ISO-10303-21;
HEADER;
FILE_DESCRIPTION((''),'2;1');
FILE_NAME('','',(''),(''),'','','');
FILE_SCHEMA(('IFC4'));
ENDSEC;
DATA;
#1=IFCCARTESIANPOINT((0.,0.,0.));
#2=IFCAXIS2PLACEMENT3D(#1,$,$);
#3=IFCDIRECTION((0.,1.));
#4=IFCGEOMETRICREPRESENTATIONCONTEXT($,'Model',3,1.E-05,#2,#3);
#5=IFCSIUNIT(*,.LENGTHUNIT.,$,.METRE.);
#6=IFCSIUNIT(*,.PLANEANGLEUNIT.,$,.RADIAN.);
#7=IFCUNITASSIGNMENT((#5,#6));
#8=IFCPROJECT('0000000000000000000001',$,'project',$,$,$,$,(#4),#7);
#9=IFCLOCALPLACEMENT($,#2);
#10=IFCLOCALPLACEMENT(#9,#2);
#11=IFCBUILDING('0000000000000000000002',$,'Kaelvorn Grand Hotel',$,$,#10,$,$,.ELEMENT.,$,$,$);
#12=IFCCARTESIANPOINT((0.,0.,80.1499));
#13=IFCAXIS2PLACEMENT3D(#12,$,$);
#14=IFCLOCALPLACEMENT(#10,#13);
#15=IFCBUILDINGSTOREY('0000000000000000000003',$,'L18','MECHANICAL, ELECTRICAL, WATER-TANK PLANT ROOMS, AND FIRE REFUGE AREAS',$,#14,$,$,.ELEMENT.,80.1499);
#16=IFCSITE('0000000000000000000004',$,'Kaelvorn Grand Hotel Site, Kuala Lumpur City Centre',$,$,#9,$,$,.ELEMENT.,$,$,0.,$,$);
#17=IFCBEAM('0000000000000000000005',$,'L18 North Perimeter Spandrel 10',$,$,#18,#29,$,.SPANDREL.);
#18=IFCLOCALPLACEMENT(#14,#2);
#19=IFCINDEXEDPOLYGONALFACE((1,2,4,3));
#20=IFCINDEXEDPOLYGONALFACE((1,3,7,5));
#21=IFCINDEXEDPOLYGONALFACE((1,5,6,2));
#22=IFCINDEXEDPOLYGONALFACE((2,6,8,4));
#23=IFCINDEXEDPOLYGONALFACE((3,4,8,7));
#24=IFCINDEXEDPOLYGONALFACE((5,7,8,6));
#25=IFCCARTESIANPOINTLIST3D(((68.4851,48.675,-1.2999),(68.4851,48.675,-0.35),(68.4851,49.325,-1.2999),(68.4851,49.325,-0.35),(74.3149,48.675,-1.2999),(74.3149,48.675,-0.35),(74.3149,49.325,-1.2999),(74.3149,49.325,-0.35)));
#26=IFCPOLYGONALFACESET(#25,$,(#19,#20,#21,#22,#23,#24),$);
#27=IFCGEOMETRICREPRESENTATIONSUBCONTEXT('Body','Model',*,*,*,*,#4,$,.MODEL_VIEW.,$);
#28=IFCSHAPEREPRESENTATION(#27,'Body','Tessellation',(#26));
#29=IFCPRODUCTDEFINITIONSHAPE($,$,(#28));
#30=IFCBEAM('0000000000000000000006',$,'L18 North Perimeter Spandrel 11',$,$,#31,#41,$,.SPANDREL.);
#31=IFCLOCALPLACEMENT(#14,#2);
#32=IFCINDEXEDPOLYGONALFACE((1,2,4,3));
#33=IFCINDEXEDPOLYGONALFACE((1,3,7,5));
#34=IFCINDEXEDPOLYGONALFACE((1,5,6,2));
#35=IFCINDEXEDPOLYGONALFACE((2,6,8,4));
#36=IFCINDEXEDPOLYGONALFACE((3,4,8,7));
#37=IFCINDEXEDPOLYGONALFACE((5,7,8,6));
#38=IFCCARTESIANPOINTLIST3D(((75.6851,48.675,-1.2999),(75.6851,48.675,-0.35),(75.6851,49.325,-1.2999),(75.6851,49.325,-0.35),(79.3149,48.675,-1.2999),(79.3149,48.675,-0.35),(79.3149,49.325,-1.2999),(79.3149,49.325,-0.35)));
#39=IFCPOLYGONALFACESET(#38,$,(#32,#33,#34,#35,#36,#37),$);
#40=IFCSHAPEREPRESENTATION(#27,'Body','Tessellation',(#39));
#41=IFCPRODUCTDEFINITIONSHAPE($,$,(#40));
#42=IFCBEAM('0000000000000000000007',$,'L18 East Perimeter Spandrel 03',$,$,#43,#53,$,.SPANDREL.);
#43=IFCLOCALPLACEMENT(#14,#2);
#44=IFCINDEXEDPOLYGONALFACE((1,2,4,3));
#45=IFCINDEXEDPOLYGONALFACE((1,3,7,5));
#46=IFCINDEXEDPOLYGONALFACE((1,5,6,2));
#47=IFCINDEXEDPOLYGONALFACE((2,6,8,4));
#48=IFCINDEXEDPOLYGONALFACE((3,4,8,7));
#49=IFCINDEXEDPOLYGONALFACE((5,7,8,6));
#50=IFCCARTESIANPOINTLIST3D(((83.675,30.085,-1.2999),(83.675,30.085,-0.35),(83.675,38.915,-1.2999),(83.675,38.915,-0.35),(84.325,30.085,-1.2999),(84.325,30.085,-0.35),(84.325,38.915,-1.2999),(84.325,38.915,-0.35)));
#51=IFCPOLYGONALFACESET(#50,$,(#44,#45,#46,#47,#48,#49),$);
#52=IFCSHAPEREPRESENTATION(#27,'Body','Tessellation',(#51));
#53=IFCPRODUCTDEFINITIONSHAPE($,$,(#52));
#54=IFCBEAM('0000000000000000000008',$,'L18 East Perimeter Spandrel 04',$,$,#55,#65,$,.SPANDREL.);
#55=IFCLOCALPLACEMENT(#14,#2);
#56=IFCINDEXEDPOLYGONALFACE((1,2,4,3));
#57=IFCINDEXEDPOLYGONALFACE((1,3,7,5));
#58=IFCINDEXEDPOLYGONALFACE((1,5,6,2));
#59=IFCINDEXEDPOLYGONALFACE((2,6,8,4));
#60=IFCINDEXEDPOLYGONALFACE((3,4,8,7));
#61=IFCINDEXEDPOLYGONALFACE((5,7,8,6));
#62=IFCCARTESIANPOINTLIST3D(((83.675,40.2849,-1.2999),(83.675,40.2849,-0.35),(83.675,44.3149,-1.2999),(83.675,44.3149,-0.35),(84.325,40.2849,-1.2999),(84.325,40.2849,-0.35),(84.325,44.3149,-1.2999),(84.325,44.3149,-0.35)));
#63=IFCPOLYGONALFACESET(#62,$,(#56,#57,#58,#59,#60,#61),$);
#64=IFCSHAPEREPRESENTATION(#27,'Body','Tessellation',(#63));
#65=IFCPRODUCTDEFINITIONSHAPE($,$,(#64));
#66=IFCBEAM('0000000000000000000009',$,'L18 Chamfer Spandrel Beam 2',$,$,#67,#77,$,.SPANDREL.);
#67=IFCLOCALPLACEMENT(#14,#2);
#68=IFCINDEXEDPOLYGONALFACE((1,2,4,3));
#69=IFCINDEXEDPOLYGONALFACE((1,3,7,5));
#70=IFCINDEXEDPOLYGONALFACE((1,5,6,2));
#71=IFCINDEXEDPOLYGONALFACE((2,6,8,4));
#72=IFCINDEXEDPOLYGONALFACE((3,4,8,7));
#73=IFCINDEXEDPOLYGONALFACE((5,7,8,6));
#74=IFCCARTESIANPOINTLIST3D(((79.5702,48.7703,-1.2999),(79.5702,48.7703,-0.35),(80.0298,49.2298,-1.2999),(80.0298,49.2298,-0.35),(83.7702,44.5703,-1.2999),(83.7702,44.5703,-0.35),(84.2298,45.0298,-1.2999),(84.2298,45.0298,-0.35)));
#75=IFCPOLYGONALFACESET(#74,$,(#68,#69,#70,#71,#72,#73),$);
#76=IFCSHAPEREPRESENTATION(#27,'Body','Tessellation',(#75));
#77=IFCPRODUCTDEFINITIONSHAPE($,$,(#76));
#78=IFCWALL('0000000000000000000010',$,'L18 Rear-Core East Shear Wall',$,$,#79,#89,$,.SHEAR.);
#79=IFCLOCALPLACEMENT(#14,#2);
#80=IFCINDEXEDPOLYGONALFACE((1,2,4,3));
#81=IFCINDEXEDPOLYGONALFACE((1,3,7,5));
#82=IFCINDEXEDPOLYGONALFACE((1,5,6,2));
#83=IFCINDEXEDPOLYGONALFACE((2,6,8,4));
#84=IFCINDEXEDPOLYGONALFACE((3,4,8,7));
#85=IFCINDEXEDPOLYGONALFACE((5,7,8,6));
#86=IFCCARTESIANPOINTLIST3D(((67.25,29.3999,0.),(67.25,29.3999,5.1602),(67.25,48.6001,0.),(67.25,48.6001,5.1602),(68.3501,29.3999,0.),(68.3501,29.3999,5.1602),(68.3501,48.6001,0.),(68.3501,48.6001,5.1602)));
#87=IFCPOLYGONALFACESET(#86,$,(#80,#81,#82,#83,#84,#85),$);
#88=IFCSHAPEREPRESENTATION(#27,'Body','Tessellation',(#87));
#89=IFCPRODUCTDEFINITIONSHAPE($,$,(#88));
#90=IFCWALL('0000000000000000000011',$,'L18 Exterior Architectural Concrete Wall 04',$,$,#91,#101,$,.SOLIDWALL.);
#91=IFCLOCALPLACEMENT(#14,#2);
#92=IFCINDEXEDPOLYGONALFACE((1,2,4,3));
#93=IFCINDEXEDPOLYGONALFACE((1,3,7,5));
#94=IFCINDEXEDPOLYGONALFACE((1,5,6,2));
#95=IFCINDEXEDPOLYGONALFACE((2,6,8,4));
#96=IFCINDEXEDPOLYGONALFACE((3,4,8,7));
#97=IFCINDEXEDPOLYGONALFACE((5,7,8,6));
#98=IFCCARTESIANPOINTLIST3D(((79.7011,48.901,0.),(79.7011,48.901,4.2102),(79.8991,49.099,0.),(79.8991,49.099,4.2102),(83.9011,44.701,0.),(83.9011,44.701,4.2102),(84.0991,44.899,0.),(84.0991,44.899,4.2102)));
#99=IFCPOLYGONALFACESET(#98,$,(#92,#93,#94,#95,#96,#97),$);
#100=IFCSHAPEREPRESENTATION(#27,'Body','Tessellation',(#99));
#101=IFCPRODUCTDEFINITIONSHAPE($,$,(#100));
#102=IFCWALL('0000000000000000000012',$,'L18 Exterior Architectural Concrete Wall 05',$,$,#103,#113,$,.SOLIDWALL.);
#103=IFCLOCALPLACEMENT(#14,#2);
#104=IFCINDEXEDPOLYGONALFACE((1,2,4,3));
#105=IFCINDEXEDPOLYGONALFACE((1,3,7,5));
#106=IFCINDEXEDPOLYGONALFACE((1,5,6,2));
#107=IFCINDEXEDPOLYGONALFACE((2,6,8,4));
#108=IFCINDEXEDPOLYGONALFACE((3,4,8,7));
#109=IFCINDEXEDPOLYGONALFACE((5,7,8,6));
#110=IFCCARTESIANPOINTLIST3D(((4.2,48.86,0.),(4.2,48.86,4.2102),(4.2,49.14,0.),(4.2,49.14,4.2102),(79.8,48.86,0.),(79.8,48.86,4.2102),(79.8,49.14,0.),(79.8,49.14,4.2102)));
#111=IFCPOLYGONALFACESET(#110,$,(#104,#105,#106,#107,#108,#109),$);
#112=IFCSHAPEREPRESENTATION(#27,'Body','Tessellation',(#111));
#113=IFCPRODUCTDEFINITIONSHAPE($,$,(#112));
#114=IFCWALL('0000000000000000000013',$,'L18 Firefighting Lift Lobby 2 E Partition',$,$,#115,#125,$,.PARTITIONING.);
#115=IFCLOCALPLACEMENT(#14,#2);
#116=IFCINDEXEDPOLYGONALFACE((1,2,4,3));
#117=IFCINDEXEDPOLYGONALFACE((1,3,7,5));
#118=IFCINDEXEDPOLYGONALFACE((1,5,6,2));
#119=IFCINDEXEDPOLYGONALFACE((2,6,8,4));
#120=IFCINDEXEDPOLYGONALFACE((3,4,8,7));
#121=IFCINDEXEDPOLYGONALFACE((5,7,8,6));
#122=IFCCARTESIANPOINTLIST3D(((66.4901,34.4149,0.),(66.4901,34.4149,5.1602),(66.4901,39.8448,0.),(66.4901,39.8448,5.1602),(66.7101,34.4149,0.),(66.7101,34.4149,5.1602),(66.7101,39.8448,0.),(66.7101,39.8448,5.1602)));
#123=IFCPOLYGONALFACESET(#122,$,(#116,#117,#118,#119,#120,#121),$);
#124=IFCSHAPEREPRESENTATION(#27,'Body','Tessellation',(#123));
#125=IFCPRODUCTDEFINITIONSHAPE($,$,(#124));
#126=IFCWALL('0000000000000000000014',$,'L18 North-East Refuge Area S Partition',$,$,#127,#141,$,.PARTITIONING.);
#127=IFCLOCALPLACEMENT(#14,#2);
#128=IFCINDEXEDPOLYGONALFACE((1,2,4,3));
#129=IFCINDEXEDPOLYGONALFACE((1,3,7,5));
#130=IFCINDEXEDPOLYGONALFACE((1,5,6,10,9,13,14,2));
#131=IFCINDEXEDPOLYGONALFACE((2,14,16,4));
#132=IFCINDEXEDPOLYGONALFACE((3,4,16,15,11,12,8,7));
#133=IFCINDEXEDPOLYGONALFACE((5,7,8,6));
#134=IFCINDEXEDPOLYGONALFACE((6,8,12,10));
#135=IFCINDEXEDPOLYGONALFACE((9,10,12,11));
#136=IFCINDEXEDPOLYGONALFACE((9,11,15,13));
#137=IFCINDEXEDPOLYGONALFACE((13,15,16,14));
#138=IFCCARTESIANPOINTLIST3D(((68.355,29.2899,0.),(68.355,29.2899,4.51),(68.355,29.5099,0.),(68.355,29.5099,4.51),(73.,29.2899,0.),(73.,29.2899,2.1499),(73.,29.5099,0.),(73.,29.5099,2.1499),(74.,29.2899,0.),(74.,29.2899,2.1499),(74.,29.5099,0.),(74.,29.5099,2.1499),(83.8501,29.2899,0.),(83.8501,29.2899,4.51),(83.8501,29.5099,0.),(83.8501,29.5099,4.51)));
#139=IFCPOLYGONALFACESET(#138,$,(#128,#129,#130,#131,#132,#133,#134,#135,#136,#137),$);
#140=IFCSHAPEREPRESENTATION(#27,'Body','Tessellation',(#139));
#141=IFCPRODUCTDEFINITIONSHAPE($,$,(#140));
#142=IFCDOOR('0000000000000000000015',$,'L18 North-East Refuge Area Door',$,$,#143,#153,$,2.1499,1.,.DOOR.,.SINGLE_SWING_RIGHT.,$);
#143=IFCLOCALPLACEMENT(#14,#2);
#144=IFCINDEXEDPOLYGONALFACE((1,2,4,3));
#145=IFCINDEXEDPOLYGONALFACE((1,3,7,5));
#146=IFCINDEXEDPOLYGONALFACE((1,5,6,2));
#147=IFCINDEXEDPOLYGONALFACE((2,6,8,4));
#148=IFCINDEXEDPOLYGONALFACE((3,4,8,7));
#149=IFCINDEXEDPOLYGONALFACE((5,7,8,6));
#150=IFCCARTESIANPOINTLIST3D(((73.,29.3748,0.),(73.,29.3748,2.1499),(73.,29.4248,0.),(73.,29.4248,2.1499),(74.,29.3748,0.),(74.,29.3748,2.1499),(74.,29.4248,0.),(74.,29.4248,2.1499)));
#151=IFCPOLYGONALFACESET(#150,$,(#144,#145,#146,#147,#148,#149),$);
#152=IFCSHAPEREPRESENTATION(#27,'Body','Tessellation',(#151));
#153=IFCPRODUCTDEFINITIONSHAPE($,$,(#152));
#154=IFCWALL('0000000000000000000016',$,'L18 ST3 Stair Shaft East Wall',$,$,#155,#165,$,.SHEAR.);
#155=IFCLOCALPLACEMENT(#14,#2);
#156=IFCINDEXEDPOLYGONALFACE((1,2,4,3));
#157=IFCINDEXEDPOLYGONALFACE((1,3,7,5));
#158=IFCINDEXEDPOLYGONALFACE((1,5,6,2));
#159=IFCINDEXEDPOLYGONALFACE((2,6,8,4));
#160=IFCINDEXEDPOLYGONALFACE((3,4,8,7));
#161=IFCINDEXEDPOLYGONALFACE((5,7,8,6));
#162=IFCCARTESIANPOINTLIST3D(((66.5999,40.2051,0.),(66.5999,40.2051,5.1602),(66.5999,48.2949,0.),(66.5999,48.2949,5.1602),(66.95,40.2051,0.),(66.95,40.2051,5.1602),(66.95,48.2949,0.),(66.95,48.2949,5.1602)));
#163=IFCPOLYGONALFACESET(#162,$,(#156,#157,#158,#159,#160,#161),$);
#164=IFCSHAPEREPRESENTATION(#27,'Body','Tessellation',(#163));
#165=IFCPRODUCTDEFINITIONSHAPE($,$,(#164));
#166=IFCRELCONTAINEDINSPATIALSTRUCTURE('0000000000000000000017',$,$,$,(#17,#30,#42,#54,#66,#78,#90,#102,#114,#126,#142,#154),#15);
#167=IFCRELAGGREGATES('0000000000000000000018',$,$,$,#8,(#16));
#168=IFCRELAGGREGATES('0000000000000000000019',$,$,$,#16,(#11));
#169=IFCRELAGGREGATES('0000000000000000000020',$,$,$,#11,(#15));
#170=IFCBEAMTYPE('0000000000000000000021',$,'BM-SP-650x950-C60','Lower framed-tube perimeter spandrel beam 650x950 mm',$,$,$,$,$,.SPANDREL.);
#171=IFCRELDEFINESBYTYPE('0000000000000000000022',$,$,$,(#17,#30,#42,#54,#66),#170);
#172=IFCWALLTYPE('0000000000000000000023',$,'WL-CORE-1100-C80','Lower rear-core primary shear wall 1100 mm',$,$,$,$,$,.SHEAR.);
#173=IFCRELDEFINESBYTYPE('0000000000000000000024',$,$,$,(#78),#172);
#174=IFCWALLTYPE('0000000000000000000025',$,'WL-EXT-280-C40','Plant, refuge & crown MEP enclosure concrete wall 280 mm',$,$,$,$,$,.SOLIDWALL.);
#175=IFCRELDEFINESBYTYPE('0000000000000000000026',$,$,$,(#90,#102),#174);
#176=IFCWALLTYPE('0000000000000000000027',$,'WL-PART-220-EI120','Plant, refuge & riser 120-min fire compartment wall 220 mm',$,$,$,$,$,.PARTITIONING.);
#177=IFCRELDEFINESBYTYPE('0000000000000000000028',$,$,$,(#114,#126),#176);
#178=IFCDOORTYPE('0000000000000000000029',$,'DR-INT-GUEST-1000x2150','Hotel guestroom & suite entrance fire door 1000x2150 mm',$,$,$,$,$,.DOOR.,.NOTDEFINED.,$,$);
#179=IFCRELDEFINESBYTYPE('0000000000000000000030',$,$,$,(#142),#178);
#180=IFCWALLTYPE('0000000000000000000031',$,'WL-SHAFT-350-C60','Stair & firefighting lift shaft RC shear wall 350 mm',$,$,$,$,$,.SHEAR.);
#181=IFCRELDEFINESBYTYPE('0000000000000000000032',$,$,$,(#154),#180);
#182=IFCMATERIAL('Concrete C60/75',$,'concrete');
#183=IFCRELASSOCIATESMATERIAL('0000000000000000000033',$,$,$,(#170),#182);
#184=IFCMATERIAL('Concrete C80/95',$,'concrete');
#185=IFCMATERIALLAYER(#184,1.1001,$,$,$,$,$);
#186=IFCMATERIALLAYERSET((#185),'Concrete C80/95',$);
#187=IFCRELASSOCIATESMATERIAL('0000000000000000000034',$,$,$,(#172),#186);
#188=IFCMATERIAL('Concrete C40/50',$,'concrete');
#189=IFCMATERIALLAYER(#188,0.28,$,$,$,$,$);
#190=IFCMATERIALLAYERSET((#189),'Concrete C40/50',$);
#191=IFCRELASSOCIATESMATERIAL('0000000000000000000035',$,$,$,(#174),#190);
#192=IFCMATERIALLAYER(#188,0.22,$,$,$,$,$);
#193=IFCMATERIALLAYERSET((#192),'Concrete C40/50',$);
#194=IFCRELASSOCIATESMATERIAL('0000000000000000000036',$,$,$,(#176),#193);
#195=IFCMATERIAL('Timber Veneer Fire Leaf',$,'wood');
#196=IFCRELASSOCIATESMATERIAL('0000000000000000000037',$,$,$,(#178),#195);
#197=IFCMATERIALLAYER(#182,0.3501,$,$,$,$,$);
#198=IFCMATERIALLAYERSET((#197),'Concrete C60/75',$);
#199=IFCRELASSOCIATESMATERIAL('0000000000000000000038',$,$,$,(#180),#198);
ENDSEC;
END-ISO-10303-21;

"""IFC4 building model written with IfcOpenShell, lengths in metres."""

from ifc_helpers import new_model, si_unit, direction, frame, frame_2d, origin, origin_2d, place, context, subcontext, project, spatial, rectangle, extrude, material, layer, layer_set, material_profile, profile_set, type_object, element, fill, save


model = new_model("IFC4")

# Units and contexts
model_context = context("Model", 3, precision=1e-05, world=origin(), true_north=direction((0.0, 1.0)))
body_context = subcontext(model_context, "Body", "Model", "MODEL_VIEW")
ifc_project = project(units=[si_unit("LENGTHUNIT", "METRE"), si_unit("PLANEANGLEUNIT", "RADIAN")], contexts=[model_context])

# Site, building, storey
site_placement = place(None, origin())
site = spatial("IfcSite", under=ifc_project, at=site_placement, Name="Kaelvorn Grand Hotel Site, Kuala Lumpur City Centre", CompositionType="ELEMENT", RefElevation=0.0)
building_placement = place(site_placement, origin())
building = spatial("IfcBuilding", under=site, at=building_placement, Name="Kaelvorn Grand Hotel", CompositionType="ELEMENT")
storey_placement = place(building_placement, frame((0.0, 0.0, 80.1499)))
storey = spatial("IfcBuildingStorey", under=building, at=storey_placement, Name="L18", Description="MECHANICAL, ELECTRICAL, WATER-TANK PLANT ROOMS, AND FIRE REFUGE AREAS", CompositionType="ELEMENT", Elevation=80.1499)

# Shared definitions
ifc_material_1 = material(Name="Concrete C80/95", Category="concrete")

# Beams
ifc_material_2 = material(Name="Concrete C60/75", Category="concrete")
ifc_material_profile_1 = material_profile(ifc_material_2, rectangle(XDim=0.6499, YDim=0.95, at=origin_2d()), Name="RC SPANDREL 650x950")
ifc_profile_set_1 = profile_set([ifc_material_profile_1], Name="Concrete C60/75")
beam_type_1 = type_object("IfcBeamType", Name="BM-SP-650x950-C60", Description="Lower framed-tube perimeter spandrel beam 650x950 mm", PredefinedType="SPANDREL", material=ifc_profile_set_1)
beam_1_placement = place(storey_placement, frame((68.4851, 49.0, -0.825), z_axis=(1.0, 0.0, 0.0), x_axis=(0.0, 1.0, 0.0)))
element("IfcBeam", 1, at=beam_1_placement, inside=storey, type_object=beam_type_1, Name="L18 North Perimeter Spandrel 10", PredefinedType="SPANDREL", context=body_context, shape_type="SweptSolid", body=[
    extrude(rectangle(XDim=0.6499, YDim=0.95, at=origin_2d()), origin(), (0.0, 0.0, 1.0), 5.8298),
])
beam_2_placement = place(storey_placement, frame((75.6851, 49.0, -0.825), z_axis=(1.0, 0.0, 0.0), x_axis=(0.0, 1.0, 0.0)))
element("IfcBeam", 2, at=beam_2_placement, inside=storey, type_object=beam_type_1, Name="L18 North Perimeter Spandrel 11", PredefinedType="SPANDREL", context=body_context, shape_type="SweptSolid", body=[
    extrude(rectangle(XDim=0.6499, YDim=0.95, at=origin_2d()), origin(), (0.0, 0.0, 1.0), 3.6299),
])
beam_3_placement = place(storey_placement, frame((84.0, 30.085, -0.825), z_axis=(0.0, 1.0, 0.0), x_axis=(-1.0, 0.0, 0.0)))
element("IfcBeam", 3, at=beam_3_placement, inside=storey, type_object=beam_type_1, Name="L18 East Perimeter Spandrel 03", PredefinedType="SPANDREL", context=body_context, shape_type="SweptSolid", body=[
    extrude(rectangle(XDim=0.6499, YDim=0.95, at=origin_2d()), origin(), (0.0, 0.0, 1.0), 8.8301),
])
beam_4_placement = place(storey_placement, frame((84.0, 40.2849, -0.825), z_axis=(0.0, 1.0, 0.0), x_axis=(-1.0, 0.0, 0.0)))
element("IfcBeam", 4, at=beam_4_placement, inside=storey, type_object=beam_type_1, Name="L18 East Perimeter Spandrel 04", PredefinedType="SPANDREL", context=body_context, shape_type="SweptSolid", body=[
    extrude(rectangle(XDim=0.6499, YDim=0.95, at=origin_2d()), origin(), (0.0, 0.0, 1.0), 4.03),
])
beam_5_placement = place(storey_placement, frame((84.0, 44.8, -0.825), z_axis=(-0.707107, 0.707107, 0.0), x_axis=(-0.707107, -0.707107, 0.0)))
element("IfcBeam", 5, at=beam_5_placement, inside=storey, type_object=beam_type_1, Name="L18 Chamfer Spandrel Beam 2", PredefinedType="SPANDREL", context=body_context, shape_type="SweptSolid", body=[
    extrude(rectangle(XDim=0.6499, YDim=0.95, at=origin_2d()), origin(), (0.0, 0.0, 1.0), 5.9397),
])

# Walls
ifc_layer_1 = layer(ifc_material_1, 1.1001)
ifc_layer_set_1 = layer_set([ifc_layer_1], Name="Concrete C80/95")
wall_type_1 = type_object("IfcWallType", Name="WL-CORE-1100-C80", Description="Lower rear-core primary shear wall 1100 mm", PredefinedType="SHEAR", material=ifc_layer_set_1)
wall_1_placement = place(storey_placement, frame((67.8, 29.3999, 0.0), z_axis=(0.0, 0.0, 1.0), x_axis=(0.0, 1.0, 0.0)))
element("IfcWall", 6, at=wall_1_placement, inside=storey, type_object=wall_type_1, Name="L18 Rear-Core East Shear Wall", PredefinedType="SHEAR", context=body_context, shape_type="SweptSolid", body=[
    extrude(rectangle(XDim=19.2002, YDim=1.1001, at=frame_2d((9.6001, 0.0))), origin(), (0.0, 0.0, 1.0), 5.1602),
])
ifc_material_3 = material(Name="Concrete C40/50", Category="concrete")
ifc_layer_2 = layer(ifc_material_3, 0.28)
ifc_layer_set_2 = layer_set([ifc_layer_2], Name="Concrete C40/50")
wall_type_2 = type_object("IfcWallType", Name="WL-EXT-280-C40", Description="Plant, refuge & crown MEP enclosure concrete wall 280 mm", PredefinedType="SOLIDWALL", material=ifc_layer_set_2)
wall_2_placement = place(storey_placement, frame((84.0, 44.8, 0.0), z_axis=(0.0, 0.0, 1.0), x_axis=(-0.707107, 0.707107, 0.0)))
element("IfcWall", 7, at=wall_2_placement, inside=storey, type_object=wall_type_2, Name="L18 Exterior Architectural Concrete Wall 04", PredefinedType="SOLIDWALL", context=body_context, shape_type="SweptSolid", body=[
    extrude(rectangle(XDim=5.9397, YDim=0.28, at=frame_2d((2.9697, 0.0))), origin(), (0.0, 0.0, 1.0), 4.2102),
])
wall_3_placement = place(storey_placement, frame((79.8, 49.0, 0.0), z_axis=(0.0, 0.0, 1.0), x_axis=(-1.0, 0.0, 0.0)))
element("IfcWall", 8, at=wall_3_placement, inside=storey, type_object=wall_type_2, Name="L18 Exterior Architectural Concrete Wall 05", PredefinedType="SOLIDWALL", context=body_context, shape_type="SweptSolid", body=[
    extrude(rectangle(XDim=75.6001, YDim=0.28, at=frame_2d((37.8, 0.0))), origin(), (0.0, 0.0, 1.0), 4.2102),
])
ifc_layer_3 = layer(ifc_material_3, 0.22)
ifc_layer_set_3 = layer_set([ifc_layer_3], Name="Concrete C40/50")
wall_type_3 = type_object("IfcWallType", Name="WL-PART-220-EI120", Description="Plant, refuge & riser 120-min fire compartment wall 220 mm", PredefinedType="PARTITIONING", material=ifc_layer_set_3)
wall_4_placement = place(storey_placement, frame((66.6001, 34.415, 0.0), z_axis=(0.0, 0.0, 1.0), x_axis=(0.0, 1.0, 0.0)))
element("IfcWall", 9, at=wall_4_placement, inside=storey, type_object=wall_type_3, Name="L18 Firefighting Lift Lobby 2 E Partition", PredefinedType="PARTITIONING", context=body_context, shape_type="SweptSolid", body=[
    extrude(rectangle(XDim=5.4299, YDim=0.22, at=frame_2d((2.7148, 0.0))), origin(), (0.0, 0.0, 1.0), 5.1602),
])

# Wall, opening, door
wall_5_placement = place(storey_placement, frame((68.355, 29.3999, 0.0), z_axis=(0.0, 0.0, 1.0), x_axis=(1.0, 0.0, 0.0)))
wall_5 = element("IfcWall", 10, at=wall_5_placement, inside=storey, type_object=wall_type_3, Name="L18 North-East Refuge Area S Partition", PredefinedType="PARTITIONING", context=body_context, shape_type="SweptSolid", body=[
    extrude(rectangle(XDim=15.4951, YDim=0.22, at=frame_2d((7.7476, 0.0))), origin(), (0.0, 0.0, 1.0), 4.51),
])
opening_placement = place(wall_5_placement, frame((4.645, 0.0, 0.0)))
opening = element("IfcOpeningElement", 11, at=opening_placement, cuts=wall_5, PredefinedType="OPENING", context=body_context, shape_type="SweptSolid", body=[
    extrude(rectangle(XDim=1.0, YDim=2.1499, at=frame_2d((0.5, 1.075))), frame((0.0, 0.1201, 0.0), z_axis=(0.0, -1.0, 0.0), x_axis=(1.0, 0.0, 0.0)), (0.0, 0.0, 1.0), 0.24),
])
ifc_material_4 = material(Name="Timber Veneer Fire Leaf", Category="wood")
door_type = type_object("IfcDoorType", Name="DR-INT-GUEST-1000x2150", Description="Hotel guestroom & suite entrance fire door 1000x2150 mm", OperationType="NOTDEFINED", PredefinedType="DOOR", material=ifc_material_4)
door_placement = place(opening_placement, origin())
door = element("IfcDoor", 12, at=door_placement, inside=storey, type_object=door_type, Name="L18 North-East Refuge Area Door", OperationType="SINGLE_SWING_RIGHT", OverallHeight=2.1499, OverallWidth=1.0, PredefinedType="DOOR", context=body_context, shape_type="SweptSolid", body=[
    extrude(rectangle(XDim=1.0, YDim=2.1499, at=frame_2d((0.5, 1.075))), frame((0.0, 0.0249, 0.0), z_axis=(0.0, -1.0, 0.0), x_axis=(1.0, 0.0, 0.0)), (0.0, 0.0, 1.0), 0.05),
])
fill(opening, door)

# Wall
ifc_layer_4 = layer(ifc_material_2, 0.3501)
ifc_layer_set_4 = layer_set([ifc_layer_4], Name="Concrete C60/75")
wall_type_4 = type_object("IfcWallType", Name="WL-SHAFT-350-C60", Description="Stair & firefighting lift shaft RC shear wall 350 mm", PredefinedType="SHEAR", material=ifc_layer_set_4)
wall_6_placement = place(storey_placement, frame((66.7749, 40.2051, 0.0), z_axis=(0.0, 0.0, 1.0), x_axis=(0.0, 1.0, 0.0)))
element("IfcWall", 13, at=wall_6_placement, inside=storey, type_object=wall_type_4, Name="L18 ST3 Stair Shaft East Wall", PredefinedType="SHEAR", context=body_context, shape_type="SweptSolid", body=[
    extrude(rectangle(XDim=8.0898, YDim=0.3501, at=frame_2d((4.0449, 0.0))), origin(), (0.0, 0.0, 1.0), 5.1602),
])

save(model, "model.ifc")
